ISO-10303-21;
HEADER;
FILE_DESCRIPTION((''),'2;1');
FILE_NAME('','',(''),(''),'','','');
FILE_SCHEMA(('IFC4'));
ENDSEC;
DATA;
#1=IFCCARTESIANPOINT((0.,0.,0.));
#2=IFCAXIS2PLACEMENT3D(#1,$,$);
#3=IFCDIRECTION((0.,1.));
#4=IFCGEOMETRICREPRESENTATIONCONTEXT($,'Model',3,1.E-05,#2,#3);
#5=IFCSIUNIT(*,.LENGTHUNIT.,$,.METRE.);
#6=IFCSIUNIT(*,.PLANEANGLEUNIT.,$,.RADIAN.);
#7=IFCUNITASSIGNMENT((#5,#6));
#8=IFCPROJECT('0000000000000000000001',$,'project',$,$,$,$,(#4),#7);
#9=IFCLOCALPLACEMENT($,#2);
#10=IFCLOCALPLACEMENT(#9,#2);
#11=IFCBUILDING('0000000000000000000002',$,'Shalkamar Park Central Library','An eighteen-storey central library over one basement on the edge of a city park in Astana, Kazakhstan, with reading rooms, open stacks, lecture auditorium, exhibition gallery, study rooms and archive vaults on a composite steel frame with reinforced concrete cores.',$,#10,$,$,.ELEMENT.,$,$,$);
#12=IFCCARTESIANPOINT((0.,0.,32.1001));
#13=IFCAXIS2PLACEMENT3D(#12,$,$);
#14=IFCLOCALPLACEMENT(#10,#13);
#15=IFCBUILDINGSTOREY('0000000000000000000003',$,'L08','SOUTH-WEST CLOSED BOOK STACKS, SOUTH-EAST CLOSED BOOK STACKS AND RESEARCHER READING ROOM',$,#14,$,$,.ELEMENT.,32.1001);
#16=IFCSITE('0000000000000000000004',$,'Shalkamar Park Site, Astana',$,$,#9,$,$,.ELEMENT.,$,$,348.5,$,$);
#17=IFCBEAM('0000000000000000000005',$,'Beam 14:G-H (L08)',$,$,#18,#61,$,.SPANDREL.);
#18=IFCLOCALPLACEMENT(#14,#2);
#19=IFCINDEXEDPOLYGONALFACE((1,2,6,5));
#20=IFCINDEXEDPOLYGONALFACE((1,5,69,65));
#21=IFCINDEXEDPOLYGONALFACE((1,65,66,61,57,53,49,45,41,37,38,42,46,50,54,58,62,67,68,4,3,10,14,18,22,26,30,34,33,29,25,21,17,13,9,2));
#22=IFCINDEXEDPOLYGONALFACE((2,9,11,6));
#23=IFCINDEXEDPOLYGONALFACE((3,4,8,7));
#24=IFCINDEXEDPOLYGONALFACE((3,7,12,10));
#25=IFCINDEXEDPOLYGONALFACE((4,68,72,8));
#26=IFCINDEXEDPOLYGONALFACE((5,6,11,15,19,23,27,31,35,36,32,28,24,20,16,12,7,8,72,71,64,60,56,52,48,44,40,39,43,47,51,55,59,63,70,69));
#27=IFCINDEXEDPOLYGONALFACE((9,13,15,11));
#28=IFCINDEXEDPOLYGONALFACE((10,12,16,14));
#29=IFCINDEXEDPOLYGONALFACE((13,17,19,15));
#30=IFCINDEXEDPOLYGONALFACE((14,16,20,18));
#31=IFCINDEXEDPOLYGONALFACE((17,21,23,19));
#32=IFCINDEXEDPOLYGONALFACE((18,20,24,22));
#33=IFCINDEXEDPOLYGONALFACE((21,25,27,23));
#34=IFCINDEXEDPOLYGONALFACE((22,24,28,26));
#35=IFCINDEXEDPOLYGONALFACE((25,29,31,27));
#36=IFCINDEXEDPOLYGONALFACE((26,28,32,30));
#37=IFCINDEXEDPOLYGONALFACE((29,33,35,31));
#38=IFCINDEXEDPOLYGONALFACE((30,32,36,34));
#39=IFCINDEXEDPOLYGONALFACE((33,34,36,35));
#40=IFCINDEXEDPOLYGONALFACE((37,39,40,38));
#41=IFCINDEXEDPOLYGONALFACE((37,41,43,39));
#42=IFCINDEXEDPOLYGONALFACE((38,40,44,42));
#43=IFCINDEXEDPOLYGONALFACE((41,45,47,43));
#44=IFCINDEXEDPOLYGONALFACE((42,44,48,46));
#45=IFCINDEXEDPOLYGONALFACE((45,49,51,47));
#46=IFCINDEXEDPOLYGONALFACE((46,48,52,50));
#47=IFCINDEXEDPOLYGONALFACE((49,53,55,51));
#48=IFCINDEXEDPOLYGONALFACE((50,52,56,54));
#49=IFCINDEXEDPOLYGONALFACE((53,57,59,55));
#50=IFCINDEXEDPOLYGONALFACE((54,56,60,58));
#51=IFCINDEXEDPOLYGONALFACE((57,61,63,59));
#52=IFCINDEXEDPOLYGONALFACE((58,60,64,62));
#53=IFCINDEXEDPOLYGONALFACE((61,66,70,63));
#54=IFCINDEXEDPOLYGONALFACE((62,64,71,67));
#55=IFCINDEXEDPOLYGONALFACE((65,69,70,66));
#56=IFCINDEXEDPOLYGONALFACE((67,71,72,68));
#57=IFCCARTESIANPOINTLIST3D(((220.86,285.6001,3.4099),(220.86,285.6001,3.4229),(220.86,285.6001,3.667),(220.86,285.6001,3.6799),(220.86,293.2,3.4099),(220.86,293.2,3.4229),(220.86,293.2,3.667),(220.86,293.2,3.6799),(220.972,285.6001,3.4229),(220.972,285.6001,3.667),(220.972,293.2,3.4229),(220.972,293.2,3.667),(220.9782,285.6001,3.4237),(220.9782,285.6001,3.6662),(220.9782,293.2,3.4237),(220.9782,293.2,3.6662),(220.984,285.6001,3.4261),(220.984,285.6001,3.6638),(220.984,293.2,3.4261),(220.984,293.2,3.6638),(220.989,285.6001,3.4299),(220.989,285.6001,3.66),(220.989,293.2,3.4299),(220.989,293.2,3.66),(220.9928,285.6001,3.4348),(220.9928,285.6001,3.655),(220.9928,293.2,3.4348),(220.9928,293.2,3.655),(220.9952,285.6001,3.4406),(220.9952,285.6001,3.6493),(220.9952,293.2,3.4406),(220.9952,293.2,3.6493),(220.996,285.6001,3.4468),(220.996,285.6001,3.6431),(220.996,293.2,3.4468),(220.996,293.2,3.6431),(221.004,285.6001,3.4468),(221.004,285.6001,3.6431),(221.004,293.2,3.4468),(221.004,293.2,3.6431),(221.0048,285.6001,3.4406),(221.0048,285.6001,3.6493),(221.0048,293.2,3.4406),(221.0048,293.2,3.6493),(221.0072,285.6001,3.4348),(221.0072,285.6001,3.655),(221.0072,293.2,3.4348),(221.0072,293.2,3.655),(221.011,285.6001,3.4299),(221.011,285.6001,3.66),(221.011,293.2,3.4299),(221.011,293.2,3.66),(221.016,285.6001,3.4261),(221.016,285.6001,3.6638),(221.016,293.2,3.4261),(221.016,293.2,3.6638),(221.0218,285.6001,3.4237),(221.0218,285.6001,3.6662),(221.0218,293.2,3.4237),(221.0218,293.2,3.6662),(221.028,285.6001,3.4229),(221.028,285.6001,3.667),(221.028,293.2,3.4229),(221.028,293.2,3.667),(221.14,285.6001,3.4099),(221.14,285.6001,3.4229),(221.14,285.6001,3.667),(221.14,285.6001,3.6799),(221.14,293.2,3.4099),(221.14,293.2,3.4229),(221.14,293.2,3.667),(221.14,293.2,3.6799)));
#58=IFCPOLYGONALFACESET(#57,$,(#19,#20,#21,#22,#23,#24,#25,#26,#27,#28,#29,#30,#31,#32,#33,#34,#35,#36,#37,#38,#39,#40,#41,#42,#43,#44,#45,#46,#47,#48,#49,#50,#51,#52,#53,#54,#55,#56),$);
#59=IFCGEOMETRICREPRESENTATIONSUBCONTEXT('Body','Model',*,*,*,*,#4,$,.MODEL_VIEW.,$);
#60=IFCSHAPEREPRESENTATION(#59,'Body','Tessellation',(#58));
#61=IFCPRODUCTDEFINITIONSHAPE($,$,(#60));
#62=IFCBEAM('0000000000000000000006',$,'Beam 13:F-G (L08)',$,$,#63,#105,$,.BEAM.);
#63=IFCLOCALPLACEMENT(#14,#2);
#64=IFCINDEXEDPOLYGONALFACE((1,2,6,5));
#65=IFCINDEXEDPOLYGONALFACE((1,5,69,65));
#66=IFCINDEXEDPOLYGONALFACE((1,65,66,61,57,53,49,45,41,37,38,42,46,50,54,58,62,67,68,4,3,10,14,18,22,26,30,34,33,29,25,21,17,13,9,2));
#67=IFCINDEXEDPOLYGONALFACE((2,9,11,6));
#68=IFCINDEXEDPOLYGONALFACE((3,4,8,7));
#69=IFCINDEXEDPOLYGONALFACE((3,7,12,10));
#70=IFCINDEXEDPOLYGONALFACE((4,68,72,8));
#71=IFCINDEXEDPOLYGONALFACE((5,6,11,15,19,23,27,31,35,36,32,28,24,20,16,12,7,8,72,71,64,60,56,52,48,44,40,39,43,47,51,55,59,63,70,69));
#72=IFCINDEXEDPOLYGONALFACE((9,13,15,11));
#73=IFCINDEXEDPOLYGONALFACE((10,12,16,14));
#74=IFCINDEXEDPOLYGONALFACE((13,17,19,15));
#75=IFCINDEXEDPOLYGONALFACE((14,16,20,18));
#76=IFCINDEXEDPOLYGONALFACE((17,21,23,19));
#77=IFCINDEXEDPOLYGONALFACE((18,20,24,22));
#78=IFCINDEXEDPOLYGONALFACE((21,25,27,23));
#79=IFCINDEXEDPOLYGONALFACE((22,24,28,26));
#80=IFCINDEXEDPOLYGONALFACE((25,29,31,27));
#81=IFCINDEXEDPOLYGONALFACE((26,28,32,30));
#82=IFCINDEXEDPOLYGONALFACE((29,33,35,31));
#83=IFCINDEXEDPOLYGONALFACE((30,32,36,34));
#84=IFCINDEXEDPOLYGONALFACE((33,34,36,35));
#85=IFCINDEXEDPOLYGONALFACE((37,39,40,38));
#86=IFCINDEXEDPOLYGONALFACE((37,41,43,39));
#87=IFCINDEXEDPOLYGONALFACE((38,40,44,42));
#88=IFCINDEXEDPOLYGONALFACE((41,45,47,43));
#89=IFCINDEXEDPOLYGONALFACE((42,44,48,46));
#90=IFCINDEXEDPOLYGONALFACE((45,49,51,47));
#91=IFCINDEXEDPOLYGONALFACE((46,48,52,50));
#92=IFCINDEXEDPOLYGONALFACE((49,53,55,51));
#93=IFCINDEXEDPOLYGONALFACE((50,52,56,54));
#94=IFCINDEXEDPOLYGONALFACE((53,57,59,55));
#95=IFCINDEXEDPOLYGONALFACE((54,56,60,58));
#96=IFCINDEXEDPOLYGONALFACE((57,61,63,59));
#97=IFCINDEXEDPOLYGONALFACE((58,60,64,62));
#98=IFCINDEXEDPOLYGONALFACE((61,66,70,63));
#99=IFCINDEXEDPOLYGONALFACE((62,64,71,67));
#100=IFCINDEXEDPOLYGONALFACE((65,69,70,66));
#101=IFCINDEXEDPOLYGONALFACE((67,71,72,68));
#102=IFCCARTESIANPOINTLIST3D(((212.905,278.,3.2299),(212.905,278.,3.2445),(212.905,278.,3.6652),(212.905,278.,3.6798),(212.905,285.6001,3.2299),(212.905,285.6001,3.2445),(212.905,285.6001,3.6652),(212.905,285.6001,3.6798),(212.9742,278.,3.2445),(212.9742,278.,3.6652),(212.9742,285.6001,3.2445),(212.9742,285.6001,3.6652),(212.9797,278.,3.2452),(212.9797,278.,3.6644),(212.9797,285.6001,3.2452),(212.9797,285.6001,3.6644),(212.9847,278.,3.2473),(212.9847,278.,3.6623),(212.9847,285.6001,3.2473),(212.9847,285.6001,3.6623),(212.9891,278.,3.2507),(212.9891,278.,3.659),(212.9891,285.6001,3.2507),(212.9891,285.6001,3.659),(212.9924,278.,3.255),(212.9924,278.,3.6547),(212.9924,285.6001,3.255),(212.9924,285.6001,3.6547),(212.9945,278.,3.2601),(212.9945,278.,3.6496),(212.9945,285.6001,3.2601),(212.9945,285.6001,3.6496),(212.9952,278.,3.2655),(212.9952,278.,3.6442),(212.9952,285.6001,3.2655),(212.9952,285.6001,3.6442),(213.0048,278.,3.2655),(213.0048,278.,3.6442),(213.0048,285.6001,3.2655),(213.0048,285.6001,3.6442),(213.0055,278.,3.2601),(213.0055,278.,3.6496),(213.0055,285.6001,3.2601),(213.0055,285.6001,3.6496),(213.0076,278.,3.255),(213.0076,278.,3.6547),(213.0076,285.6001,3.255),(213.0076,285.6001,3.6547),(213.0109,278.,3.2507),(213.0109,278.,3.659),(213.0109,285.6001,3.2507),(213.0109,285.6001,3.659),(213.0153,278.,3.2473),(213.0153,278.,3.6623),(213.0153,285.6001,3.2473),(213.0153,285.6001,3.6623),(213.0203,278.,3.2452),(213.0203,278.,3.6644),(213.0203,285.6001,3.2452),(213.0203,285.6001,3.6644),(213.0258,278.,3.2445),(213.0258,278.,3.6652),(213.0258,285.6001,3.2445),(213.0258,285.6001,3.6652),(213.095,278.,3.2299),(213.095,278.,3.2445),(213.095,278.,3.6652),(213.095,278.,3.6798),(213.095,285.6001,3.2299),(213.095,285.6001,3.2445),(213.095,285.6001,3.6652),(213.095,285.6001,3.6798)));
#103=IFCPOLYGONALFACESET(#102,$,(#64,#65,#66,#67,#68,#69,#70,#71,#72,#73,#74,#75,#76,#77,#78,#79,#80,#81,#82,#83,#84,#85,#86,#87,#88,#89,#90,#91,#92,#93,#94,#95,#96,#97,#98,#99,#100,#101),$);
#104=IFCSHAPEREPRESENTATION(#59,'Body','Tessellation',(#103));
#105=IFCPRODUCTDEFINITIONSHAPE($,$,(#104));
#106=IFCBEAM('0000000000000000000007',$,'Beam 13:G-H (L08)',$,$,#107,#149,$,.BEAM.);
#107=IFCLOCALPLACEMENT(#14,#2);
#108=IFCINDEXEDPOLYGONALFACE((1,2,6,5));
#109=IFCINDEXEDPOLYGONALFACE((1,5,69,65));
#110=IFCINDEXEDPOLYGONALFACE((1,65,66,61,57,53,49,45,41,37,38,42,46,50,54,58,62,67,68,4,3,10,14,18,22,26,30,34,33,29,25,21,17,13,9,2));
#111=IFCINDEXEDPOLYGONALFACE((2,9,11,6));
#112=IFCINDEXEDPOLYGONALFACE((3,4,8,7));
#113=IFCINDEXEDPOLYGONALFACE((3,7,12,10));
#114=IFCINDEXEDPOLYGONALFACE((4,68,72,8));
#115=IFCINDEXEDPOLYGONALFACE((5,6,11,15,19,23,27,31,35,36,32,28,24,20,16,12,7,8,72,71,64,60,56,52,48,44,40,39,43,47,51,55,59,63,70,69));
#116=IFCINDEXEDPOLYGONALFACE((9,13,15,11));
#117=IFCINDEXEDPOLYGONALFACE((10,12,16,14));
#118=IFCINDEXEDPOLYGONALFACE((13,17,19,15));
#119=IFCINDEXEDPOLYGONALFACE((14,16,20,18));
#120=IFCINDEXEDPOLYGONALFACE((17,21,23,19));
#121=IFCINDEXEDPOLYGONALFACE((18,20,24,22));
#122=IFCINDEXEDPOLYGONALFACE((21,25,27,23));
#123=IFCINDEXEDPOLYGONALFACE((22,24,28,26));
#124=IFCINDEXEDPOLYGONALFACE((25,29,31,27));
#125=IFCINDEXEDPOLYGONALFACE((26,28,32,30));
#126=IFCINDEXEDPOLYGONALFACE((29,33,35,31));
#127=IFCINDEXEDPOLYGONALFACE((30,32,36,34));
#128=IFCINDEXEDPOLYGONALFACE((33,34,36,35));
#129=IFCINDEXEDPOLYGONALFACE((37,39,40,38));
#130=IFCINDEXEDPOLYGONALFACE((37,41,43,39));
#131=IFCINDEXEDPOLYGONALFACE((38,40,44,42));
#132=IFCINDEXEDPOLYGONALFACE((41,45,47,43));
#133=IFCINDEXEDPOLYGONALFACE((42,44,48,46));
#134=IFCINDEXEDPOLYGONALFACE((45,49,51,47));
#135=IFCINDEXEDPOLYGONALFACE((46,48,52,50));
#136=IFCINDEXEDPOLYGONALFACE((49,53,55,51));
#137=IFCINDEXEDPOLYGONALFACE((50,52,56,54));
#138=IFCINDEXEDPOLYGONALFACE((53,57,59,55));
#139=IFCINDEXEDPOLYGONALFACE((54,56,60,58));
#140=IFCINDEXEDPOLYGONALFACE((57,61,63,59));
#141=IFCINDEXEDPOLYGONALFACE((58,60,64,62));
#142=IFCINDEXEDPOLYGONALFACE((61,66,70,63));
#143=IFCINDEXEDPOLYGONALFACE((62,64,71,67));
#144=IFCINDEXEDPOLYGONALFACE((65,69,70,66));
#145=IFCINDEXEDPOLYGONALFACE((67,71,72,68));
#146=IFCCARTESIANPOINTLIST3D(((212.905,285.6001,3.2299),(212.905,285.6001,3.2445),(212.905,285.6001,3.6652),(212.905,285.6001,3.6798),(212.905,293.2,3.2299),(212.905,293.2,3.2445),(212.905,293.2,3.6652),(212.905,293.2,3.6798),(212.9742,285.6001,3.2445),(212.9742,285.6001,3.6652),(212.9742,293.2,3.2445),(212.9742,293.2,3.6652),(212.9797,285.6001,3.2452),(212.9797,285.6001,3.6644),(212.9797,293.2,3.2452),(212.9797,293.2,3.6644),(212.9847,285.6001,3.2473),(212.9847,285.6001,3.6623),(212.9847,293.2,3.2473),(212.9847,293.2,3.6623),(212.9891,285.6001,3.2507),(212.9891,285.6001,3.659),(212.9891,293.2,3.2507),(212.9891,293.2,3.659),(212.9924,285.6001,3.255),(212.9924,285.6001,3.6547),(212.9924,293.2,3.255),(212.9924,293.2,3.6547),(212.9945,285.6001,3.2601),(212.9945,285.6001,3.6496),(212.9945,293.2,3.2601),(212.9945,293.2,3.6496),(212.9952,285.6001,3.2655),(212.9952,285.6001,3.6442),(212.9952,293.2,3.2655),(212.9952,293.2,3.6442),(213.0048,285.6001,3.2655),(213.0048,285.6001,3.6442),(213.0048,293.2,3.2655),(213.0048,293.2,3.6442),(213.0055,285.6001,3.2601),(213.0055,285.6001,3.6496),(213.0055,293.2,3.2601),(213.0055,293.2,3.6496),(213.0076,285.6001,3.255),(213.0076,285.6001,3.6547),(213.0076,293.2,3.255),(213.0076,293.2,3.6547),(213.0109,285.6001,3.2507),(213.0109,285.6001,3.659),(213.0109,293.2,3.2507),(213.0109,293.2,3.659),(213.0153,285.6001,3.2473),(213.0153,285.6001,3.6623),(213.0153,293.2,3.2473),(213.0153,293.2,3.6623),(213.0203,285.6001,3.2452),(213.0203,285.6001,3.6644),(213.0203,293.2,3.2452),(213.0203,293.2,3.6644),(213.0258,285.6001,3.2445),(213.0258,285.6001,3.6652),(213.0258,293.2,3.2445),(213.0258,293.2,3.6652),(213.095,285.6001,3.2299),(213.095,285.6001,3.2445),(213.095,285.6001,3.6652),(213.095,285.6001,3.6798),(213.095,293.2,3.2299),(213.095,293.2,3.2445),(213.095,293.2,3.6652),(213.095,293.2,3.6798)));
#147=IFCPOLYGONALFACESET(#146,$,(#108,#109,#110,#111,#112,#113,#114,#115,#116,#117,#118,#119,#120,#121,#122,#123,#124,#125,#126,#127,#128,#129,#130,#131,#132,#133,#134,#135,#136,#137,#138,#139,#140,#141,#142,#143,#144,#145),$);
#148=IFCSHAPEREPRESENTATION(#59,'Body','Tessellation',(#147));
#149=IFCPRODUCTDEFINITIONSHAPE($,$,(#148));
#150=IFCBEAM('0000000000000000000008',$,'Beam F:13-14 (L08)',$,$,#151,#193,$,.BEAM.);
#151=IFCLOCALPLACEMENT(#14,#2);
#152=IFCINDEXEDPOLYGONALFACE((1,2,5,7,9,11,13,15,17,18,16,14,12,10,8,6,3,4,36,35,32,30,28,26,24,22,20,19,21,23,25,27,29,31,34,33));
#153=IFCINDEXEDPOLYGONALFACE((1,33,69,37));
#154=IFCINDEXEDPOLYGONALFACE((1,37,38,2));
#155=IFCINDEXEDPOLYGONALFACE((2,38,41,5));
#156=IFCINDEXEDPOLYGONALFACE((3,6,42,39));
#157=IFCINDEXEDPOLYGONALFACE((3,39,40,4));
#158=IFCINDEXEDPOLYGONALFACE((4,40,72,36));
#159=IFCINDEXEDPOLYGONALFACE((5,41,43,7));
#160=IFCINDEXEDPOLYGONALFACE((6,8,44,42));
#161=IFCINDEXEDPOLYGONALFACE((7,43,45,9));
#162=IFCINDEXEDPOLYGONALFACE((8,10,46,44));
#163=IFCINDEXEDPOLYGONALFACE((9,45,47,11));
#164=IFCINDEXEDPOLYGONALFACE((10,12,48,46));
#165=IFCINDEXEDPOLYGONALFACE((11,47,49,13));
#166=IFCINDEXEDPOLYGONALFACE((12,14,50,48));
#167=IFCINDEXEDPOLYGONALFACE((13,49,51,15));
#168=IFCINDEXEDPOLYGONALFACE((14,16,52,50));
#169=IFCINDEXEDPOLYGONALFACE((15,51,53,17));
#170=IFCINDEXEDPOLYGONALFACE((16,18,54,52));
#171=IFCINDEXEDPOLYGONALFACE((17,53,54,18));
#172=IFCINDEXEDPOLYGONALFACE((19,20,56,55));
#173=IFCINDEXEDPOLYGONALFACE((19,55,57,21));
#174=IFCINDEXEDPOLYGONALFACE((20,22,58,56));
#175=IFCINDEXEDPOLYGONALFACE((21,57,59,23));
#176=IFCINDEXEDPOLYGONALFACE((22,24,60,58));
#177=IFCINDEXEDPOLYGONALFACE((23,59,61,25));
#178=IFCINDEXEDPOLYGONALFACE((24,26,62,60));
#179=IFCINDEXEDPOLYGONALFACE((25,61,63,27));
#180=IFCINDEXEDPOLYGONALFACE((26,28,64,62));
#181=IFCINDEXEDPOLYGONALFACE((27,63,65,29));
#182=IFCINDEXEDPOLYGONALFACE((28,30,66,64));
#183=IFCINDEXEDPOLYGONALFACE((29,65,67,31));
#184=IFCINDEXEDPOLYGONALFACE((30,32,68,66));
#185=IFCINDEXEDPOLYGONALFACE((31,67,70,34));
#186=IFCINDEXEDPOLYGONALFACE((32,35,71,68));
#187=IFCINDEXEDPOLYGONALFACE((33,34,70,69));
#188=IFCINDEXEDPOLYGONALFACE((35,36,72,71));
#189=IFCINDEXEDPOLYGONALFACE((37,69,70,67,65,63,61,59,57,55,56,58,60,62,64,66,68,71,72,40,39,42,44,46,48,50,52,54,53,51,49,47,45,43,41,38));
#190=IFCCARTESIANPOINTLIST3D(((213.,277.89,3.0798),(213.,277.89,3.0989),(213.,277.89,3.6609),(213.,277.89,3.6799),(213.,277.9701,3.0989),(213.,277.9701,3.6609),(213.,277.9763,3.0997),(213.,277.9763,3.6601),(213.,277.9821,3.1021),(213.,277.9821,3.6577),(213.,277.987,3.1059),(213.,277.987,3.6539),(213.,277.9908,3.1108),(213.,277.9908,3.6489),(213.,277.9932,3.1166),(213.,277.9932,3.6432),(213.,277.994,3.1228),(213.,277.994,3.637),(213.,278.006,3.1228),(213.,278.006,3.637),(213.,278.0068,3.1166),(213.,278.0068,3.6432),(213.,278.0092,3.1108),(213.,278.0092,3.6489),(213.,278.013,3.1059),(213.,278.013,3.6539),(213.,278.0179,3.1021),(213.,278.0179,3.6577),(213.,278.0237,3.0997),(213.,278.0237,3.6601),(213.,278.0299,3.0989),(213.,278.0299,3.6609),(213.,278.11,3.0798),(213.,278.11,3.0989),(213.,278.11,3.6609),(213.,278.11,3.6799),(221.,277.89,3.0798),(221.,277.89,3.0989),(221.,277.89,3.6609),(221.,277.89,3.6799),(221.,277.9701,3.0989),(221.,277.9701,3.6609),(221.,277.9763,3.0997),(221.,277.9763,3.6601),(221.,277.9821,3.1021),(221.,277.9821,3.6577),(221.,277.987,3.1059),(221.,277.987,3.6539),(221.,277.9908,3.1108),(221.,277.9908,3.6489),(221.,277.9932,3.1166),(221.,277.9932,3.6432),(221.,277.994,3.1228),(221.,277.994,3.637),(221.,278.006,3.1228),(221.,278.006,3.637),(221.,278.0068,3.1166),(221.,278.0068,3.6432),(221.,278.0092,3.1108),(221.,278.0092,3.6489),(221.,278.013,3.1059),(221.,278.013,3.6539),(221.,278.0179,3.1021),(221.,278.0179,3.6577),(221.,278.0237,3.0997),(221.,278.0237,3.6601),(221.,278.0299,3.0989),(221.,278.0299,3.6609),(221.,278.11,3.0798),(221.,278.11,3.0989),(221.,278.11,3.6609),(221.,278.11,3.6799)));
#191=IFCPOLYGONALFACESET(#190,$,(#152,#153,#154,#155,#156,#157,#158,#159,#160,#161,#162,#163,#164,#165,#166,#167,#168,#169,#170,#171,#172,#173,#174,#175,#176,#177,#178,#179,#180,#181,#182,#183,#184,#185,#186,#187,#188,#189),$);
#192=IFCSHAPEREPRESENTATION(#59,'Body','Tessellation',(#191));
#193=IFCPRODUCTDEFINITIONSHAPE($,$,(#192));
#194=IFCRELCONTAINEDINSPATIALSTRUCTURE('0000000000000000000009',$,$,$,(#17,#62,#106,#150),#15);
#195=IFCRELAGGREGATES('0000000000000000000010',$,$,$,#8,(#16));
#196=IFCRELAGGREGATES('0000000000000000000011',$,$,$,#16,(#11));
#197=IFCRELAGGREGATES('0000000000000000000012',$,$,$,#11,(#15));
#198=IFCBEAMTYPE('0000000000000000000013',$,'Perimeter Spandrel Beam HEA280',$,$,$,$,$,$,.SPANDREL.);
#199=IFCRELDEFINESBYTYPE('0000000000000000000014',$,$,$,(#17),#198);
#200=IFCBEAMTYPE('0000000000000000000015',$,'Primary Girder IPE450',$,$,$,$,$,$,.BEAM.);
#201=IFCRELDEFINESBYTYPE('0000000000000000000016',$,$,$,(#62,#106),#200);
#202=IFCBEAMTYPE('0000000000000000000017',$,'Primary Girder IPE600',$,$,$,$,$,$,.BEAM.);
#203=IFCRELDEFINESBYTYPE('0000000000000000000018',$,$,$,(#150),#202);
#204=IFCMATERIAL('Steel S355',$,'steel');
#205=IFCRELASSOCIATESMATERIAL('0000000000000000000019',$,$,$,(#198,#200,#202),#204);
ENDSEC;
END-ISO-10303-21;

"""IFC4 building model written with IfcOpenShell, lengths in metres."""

from ifc_helpers import new_model, si_unit, direction, frame, origin, origin_2d, place, context, subcontext, project, spatial, i_section, extrude, material, material_profile, profile_set, type_object, element, save


model = new_model("IFC4")

# Units and contexts
model_context = context("Model", 3, precision=1e-05, world=origin(), true_north=direction((0.0, 1.0)))
body_context = subcontext(model_context, "Body", "Model", "MODEL_VIEW")
ifc_project = project(units=[si_unit("LENGTHUNIT", "METRE"), si_unit("PLANEANGLEUNIT", "RADIAN")], contexts=[model_context])

# Site, building, storey
site_placement = place(None, origin())
site = spatial("IfcSite", under=ifc_project, at=site_placement, Name="Shalkamar Park Site, Astana", CompositionType="ELEMENT", RefElevation=348.5)
building_placement = place(site_placement, origin())
building = spatial("IfcBuilding", under=site, at=building_placement, Name="Shalkamar Park Central Library", Description="An eighteen-storey central library over one basement on the edge of a city park in Astana, Kazakhstan, with reading rooms, open stacks, lecture auditorium, exhibition gallery, study rooms and archive vaults on a composite steel frame with reinforced concrete cores.", CompositionType="ELEMENT")
storey_placement = place(building_placement, frame((0.0, 0.0, 32.1001)))
storey = spatial("IfcBuildingStorey", under=building, at=storey_placement, Name="L08", Description="SOUTH-WEST CLOSED BOOK STACKS, SOUTH-EAST CLOSED BOOK STACKS AND RESEARCHER READING ROOM", CompositionType="ELEMENT", Elevation=32.1001)

# Shared definitions
ifc_material_1 = material(Name="Steel S355", Category="steel")

# Beams
ifc_material_profile_1 = material_profile(ifc_material_1, i_section(OverallWidth=0.28, OverallDepth=0.27, WebThickness=0.0081, FlangeThickness=0.0129, FilletRadius=0.0239, at=origin_2d()), Name="HEA 280")
ifc_profile_set_1 = profile_set([ifc_material_profile_1], Name="Steel S355")
beam_type_1 = type_object("IfcBeamType", Name="Perimeter Spandrel Beam HEA280", PredefinedType="SPANDREL", material=ifc_profile_set_1)
beam_1_placement = place(storey_placement, frame((221.0, 285.6001, 3.5449), z_axis=(0.0, 1.0, 0.0), x_axis=(-1.0, 0.0, 0.0)))
element("IfcBeam", 1, at=beam_1_placement, inside=storey, type_object=beam_type_1, Name="Beam 14:G-H (L08)", PredefinedType="SPANDREL", context=body_context, shape_type="SweptSolid", body=[
    extrude(i_section(OverallWidth=0.28, OverallDepth=0.27, WebThickness=0.0081, FlangeThickness=0.0129, FilletRadius=0.0239, at=origin_2d()), origin(), (0.0, 0.0, 1.0), 7.5999),
])
ifc_material_profile_2 = material_profile(ifc_material_1, i_section(OverallWidth=0.1899, OverallDepth=0.45, WebThickness=0.0095, FlangeThickness=0.0146, FilletRadius=0.021, at=origin_2d()), Name="IPE 450")
ifc_profile_set_2 = profile_set([ifc_material_profile_2], Name="Steel S355")
beam_type_2 = type_object("IfcBeamType", Name="Primary Girder IPE450", PredefinedType="BEAM", material=ifc_profile_set_2)
beam_2_placement = place(storey_placement, frame((213.0, 278.0, 3.4548), z_axis=(0.0, 1.0, 0.0), x_axis=(-1.0, 0.0, 0.0)))
element("IfcBeam", 2, at=beam_2_placement, inside=storey, type_object=beam_type_2, Name="Beam 13:F-G (L08)", PredefinedType="BEAM", context=body_context, shape_type="SweptSolid", body=[
    extrude(i_section(OverallWidth=0.1899, OverallDepth=0.45, WebThickness=0.0095, FlangeThickness=0.0146, FilletRadius=0.021, at=origin_2d()), origin(), (0.0, 0.0, 1.0), 7.6001),
])
beam_3_placement = place(storey_placement, frame((213.0, 285.6001, 3.4548), z_axis=(0.0, 1.0, 0.0), x_axis=(-1.0, 0.0, 0.0)))
element("IfcBeam", 3, at=beam_3_placement, inside=storey, type_object=beam_type_2, Name="Beam 13:G-H (L08)", PredefinedType="BEAM", context=body_context, shape_type="SweptSolid", body=[
    extrude(i_section(OverallWidth=0.1899, OverallDepth=0.45, WebThickness=0.0095, FlangeThickness=0.0146, FilletRadius=0.021, at=origin_2d()), origin(), (0.0, 0.0, 1.0), 7.5999),
])
ifc_material_profile_3 = material_profile(ifc_material_1, i_section(OverallWidth=0.22, OverallDepth=0.6001, WebThickness=0.012, FlangeThickness=0.019, FilletRadius=0.0239, at=origin_2d()), Name="IPE 600")
ifc_profile_set_3 = profile_set([ifc_material_profile_3], Name="Steel S355")
beam_type_3 = type_object("IfcBeamType", Name="Primary Girder IPE600", PredefinedType="BEAM", material=ifc_profile_set_3)
for number, where, z_axis, x_axis, name in (
    (4, (213.0, 278.0, 3.3799), (1.0, 0.0, 0.0), (0.0, 1.0, 0.0), "Beam F:13-14 (L08)"),
):
    element("IfcBeam", number, at=place(storey_placement, frame(where, z_axis=z_axis, x_axis=x_axis)), inside=storey, type_object=beam_type_3, Name=name, PredefinedType="BEAM", context=body_context, shape_type="SweptSolid", body=[
        extrude(i_section(OverallWidth=0.22, OverallDepth=0.6001, WebThickness=0.012, FlangeThickness=0.019, FilletRadius=0.0239, at=origin_2d()), origin(), (0.0, 0.0, 1.0), 8.0),
    ])

save(model, "model.ifc")
